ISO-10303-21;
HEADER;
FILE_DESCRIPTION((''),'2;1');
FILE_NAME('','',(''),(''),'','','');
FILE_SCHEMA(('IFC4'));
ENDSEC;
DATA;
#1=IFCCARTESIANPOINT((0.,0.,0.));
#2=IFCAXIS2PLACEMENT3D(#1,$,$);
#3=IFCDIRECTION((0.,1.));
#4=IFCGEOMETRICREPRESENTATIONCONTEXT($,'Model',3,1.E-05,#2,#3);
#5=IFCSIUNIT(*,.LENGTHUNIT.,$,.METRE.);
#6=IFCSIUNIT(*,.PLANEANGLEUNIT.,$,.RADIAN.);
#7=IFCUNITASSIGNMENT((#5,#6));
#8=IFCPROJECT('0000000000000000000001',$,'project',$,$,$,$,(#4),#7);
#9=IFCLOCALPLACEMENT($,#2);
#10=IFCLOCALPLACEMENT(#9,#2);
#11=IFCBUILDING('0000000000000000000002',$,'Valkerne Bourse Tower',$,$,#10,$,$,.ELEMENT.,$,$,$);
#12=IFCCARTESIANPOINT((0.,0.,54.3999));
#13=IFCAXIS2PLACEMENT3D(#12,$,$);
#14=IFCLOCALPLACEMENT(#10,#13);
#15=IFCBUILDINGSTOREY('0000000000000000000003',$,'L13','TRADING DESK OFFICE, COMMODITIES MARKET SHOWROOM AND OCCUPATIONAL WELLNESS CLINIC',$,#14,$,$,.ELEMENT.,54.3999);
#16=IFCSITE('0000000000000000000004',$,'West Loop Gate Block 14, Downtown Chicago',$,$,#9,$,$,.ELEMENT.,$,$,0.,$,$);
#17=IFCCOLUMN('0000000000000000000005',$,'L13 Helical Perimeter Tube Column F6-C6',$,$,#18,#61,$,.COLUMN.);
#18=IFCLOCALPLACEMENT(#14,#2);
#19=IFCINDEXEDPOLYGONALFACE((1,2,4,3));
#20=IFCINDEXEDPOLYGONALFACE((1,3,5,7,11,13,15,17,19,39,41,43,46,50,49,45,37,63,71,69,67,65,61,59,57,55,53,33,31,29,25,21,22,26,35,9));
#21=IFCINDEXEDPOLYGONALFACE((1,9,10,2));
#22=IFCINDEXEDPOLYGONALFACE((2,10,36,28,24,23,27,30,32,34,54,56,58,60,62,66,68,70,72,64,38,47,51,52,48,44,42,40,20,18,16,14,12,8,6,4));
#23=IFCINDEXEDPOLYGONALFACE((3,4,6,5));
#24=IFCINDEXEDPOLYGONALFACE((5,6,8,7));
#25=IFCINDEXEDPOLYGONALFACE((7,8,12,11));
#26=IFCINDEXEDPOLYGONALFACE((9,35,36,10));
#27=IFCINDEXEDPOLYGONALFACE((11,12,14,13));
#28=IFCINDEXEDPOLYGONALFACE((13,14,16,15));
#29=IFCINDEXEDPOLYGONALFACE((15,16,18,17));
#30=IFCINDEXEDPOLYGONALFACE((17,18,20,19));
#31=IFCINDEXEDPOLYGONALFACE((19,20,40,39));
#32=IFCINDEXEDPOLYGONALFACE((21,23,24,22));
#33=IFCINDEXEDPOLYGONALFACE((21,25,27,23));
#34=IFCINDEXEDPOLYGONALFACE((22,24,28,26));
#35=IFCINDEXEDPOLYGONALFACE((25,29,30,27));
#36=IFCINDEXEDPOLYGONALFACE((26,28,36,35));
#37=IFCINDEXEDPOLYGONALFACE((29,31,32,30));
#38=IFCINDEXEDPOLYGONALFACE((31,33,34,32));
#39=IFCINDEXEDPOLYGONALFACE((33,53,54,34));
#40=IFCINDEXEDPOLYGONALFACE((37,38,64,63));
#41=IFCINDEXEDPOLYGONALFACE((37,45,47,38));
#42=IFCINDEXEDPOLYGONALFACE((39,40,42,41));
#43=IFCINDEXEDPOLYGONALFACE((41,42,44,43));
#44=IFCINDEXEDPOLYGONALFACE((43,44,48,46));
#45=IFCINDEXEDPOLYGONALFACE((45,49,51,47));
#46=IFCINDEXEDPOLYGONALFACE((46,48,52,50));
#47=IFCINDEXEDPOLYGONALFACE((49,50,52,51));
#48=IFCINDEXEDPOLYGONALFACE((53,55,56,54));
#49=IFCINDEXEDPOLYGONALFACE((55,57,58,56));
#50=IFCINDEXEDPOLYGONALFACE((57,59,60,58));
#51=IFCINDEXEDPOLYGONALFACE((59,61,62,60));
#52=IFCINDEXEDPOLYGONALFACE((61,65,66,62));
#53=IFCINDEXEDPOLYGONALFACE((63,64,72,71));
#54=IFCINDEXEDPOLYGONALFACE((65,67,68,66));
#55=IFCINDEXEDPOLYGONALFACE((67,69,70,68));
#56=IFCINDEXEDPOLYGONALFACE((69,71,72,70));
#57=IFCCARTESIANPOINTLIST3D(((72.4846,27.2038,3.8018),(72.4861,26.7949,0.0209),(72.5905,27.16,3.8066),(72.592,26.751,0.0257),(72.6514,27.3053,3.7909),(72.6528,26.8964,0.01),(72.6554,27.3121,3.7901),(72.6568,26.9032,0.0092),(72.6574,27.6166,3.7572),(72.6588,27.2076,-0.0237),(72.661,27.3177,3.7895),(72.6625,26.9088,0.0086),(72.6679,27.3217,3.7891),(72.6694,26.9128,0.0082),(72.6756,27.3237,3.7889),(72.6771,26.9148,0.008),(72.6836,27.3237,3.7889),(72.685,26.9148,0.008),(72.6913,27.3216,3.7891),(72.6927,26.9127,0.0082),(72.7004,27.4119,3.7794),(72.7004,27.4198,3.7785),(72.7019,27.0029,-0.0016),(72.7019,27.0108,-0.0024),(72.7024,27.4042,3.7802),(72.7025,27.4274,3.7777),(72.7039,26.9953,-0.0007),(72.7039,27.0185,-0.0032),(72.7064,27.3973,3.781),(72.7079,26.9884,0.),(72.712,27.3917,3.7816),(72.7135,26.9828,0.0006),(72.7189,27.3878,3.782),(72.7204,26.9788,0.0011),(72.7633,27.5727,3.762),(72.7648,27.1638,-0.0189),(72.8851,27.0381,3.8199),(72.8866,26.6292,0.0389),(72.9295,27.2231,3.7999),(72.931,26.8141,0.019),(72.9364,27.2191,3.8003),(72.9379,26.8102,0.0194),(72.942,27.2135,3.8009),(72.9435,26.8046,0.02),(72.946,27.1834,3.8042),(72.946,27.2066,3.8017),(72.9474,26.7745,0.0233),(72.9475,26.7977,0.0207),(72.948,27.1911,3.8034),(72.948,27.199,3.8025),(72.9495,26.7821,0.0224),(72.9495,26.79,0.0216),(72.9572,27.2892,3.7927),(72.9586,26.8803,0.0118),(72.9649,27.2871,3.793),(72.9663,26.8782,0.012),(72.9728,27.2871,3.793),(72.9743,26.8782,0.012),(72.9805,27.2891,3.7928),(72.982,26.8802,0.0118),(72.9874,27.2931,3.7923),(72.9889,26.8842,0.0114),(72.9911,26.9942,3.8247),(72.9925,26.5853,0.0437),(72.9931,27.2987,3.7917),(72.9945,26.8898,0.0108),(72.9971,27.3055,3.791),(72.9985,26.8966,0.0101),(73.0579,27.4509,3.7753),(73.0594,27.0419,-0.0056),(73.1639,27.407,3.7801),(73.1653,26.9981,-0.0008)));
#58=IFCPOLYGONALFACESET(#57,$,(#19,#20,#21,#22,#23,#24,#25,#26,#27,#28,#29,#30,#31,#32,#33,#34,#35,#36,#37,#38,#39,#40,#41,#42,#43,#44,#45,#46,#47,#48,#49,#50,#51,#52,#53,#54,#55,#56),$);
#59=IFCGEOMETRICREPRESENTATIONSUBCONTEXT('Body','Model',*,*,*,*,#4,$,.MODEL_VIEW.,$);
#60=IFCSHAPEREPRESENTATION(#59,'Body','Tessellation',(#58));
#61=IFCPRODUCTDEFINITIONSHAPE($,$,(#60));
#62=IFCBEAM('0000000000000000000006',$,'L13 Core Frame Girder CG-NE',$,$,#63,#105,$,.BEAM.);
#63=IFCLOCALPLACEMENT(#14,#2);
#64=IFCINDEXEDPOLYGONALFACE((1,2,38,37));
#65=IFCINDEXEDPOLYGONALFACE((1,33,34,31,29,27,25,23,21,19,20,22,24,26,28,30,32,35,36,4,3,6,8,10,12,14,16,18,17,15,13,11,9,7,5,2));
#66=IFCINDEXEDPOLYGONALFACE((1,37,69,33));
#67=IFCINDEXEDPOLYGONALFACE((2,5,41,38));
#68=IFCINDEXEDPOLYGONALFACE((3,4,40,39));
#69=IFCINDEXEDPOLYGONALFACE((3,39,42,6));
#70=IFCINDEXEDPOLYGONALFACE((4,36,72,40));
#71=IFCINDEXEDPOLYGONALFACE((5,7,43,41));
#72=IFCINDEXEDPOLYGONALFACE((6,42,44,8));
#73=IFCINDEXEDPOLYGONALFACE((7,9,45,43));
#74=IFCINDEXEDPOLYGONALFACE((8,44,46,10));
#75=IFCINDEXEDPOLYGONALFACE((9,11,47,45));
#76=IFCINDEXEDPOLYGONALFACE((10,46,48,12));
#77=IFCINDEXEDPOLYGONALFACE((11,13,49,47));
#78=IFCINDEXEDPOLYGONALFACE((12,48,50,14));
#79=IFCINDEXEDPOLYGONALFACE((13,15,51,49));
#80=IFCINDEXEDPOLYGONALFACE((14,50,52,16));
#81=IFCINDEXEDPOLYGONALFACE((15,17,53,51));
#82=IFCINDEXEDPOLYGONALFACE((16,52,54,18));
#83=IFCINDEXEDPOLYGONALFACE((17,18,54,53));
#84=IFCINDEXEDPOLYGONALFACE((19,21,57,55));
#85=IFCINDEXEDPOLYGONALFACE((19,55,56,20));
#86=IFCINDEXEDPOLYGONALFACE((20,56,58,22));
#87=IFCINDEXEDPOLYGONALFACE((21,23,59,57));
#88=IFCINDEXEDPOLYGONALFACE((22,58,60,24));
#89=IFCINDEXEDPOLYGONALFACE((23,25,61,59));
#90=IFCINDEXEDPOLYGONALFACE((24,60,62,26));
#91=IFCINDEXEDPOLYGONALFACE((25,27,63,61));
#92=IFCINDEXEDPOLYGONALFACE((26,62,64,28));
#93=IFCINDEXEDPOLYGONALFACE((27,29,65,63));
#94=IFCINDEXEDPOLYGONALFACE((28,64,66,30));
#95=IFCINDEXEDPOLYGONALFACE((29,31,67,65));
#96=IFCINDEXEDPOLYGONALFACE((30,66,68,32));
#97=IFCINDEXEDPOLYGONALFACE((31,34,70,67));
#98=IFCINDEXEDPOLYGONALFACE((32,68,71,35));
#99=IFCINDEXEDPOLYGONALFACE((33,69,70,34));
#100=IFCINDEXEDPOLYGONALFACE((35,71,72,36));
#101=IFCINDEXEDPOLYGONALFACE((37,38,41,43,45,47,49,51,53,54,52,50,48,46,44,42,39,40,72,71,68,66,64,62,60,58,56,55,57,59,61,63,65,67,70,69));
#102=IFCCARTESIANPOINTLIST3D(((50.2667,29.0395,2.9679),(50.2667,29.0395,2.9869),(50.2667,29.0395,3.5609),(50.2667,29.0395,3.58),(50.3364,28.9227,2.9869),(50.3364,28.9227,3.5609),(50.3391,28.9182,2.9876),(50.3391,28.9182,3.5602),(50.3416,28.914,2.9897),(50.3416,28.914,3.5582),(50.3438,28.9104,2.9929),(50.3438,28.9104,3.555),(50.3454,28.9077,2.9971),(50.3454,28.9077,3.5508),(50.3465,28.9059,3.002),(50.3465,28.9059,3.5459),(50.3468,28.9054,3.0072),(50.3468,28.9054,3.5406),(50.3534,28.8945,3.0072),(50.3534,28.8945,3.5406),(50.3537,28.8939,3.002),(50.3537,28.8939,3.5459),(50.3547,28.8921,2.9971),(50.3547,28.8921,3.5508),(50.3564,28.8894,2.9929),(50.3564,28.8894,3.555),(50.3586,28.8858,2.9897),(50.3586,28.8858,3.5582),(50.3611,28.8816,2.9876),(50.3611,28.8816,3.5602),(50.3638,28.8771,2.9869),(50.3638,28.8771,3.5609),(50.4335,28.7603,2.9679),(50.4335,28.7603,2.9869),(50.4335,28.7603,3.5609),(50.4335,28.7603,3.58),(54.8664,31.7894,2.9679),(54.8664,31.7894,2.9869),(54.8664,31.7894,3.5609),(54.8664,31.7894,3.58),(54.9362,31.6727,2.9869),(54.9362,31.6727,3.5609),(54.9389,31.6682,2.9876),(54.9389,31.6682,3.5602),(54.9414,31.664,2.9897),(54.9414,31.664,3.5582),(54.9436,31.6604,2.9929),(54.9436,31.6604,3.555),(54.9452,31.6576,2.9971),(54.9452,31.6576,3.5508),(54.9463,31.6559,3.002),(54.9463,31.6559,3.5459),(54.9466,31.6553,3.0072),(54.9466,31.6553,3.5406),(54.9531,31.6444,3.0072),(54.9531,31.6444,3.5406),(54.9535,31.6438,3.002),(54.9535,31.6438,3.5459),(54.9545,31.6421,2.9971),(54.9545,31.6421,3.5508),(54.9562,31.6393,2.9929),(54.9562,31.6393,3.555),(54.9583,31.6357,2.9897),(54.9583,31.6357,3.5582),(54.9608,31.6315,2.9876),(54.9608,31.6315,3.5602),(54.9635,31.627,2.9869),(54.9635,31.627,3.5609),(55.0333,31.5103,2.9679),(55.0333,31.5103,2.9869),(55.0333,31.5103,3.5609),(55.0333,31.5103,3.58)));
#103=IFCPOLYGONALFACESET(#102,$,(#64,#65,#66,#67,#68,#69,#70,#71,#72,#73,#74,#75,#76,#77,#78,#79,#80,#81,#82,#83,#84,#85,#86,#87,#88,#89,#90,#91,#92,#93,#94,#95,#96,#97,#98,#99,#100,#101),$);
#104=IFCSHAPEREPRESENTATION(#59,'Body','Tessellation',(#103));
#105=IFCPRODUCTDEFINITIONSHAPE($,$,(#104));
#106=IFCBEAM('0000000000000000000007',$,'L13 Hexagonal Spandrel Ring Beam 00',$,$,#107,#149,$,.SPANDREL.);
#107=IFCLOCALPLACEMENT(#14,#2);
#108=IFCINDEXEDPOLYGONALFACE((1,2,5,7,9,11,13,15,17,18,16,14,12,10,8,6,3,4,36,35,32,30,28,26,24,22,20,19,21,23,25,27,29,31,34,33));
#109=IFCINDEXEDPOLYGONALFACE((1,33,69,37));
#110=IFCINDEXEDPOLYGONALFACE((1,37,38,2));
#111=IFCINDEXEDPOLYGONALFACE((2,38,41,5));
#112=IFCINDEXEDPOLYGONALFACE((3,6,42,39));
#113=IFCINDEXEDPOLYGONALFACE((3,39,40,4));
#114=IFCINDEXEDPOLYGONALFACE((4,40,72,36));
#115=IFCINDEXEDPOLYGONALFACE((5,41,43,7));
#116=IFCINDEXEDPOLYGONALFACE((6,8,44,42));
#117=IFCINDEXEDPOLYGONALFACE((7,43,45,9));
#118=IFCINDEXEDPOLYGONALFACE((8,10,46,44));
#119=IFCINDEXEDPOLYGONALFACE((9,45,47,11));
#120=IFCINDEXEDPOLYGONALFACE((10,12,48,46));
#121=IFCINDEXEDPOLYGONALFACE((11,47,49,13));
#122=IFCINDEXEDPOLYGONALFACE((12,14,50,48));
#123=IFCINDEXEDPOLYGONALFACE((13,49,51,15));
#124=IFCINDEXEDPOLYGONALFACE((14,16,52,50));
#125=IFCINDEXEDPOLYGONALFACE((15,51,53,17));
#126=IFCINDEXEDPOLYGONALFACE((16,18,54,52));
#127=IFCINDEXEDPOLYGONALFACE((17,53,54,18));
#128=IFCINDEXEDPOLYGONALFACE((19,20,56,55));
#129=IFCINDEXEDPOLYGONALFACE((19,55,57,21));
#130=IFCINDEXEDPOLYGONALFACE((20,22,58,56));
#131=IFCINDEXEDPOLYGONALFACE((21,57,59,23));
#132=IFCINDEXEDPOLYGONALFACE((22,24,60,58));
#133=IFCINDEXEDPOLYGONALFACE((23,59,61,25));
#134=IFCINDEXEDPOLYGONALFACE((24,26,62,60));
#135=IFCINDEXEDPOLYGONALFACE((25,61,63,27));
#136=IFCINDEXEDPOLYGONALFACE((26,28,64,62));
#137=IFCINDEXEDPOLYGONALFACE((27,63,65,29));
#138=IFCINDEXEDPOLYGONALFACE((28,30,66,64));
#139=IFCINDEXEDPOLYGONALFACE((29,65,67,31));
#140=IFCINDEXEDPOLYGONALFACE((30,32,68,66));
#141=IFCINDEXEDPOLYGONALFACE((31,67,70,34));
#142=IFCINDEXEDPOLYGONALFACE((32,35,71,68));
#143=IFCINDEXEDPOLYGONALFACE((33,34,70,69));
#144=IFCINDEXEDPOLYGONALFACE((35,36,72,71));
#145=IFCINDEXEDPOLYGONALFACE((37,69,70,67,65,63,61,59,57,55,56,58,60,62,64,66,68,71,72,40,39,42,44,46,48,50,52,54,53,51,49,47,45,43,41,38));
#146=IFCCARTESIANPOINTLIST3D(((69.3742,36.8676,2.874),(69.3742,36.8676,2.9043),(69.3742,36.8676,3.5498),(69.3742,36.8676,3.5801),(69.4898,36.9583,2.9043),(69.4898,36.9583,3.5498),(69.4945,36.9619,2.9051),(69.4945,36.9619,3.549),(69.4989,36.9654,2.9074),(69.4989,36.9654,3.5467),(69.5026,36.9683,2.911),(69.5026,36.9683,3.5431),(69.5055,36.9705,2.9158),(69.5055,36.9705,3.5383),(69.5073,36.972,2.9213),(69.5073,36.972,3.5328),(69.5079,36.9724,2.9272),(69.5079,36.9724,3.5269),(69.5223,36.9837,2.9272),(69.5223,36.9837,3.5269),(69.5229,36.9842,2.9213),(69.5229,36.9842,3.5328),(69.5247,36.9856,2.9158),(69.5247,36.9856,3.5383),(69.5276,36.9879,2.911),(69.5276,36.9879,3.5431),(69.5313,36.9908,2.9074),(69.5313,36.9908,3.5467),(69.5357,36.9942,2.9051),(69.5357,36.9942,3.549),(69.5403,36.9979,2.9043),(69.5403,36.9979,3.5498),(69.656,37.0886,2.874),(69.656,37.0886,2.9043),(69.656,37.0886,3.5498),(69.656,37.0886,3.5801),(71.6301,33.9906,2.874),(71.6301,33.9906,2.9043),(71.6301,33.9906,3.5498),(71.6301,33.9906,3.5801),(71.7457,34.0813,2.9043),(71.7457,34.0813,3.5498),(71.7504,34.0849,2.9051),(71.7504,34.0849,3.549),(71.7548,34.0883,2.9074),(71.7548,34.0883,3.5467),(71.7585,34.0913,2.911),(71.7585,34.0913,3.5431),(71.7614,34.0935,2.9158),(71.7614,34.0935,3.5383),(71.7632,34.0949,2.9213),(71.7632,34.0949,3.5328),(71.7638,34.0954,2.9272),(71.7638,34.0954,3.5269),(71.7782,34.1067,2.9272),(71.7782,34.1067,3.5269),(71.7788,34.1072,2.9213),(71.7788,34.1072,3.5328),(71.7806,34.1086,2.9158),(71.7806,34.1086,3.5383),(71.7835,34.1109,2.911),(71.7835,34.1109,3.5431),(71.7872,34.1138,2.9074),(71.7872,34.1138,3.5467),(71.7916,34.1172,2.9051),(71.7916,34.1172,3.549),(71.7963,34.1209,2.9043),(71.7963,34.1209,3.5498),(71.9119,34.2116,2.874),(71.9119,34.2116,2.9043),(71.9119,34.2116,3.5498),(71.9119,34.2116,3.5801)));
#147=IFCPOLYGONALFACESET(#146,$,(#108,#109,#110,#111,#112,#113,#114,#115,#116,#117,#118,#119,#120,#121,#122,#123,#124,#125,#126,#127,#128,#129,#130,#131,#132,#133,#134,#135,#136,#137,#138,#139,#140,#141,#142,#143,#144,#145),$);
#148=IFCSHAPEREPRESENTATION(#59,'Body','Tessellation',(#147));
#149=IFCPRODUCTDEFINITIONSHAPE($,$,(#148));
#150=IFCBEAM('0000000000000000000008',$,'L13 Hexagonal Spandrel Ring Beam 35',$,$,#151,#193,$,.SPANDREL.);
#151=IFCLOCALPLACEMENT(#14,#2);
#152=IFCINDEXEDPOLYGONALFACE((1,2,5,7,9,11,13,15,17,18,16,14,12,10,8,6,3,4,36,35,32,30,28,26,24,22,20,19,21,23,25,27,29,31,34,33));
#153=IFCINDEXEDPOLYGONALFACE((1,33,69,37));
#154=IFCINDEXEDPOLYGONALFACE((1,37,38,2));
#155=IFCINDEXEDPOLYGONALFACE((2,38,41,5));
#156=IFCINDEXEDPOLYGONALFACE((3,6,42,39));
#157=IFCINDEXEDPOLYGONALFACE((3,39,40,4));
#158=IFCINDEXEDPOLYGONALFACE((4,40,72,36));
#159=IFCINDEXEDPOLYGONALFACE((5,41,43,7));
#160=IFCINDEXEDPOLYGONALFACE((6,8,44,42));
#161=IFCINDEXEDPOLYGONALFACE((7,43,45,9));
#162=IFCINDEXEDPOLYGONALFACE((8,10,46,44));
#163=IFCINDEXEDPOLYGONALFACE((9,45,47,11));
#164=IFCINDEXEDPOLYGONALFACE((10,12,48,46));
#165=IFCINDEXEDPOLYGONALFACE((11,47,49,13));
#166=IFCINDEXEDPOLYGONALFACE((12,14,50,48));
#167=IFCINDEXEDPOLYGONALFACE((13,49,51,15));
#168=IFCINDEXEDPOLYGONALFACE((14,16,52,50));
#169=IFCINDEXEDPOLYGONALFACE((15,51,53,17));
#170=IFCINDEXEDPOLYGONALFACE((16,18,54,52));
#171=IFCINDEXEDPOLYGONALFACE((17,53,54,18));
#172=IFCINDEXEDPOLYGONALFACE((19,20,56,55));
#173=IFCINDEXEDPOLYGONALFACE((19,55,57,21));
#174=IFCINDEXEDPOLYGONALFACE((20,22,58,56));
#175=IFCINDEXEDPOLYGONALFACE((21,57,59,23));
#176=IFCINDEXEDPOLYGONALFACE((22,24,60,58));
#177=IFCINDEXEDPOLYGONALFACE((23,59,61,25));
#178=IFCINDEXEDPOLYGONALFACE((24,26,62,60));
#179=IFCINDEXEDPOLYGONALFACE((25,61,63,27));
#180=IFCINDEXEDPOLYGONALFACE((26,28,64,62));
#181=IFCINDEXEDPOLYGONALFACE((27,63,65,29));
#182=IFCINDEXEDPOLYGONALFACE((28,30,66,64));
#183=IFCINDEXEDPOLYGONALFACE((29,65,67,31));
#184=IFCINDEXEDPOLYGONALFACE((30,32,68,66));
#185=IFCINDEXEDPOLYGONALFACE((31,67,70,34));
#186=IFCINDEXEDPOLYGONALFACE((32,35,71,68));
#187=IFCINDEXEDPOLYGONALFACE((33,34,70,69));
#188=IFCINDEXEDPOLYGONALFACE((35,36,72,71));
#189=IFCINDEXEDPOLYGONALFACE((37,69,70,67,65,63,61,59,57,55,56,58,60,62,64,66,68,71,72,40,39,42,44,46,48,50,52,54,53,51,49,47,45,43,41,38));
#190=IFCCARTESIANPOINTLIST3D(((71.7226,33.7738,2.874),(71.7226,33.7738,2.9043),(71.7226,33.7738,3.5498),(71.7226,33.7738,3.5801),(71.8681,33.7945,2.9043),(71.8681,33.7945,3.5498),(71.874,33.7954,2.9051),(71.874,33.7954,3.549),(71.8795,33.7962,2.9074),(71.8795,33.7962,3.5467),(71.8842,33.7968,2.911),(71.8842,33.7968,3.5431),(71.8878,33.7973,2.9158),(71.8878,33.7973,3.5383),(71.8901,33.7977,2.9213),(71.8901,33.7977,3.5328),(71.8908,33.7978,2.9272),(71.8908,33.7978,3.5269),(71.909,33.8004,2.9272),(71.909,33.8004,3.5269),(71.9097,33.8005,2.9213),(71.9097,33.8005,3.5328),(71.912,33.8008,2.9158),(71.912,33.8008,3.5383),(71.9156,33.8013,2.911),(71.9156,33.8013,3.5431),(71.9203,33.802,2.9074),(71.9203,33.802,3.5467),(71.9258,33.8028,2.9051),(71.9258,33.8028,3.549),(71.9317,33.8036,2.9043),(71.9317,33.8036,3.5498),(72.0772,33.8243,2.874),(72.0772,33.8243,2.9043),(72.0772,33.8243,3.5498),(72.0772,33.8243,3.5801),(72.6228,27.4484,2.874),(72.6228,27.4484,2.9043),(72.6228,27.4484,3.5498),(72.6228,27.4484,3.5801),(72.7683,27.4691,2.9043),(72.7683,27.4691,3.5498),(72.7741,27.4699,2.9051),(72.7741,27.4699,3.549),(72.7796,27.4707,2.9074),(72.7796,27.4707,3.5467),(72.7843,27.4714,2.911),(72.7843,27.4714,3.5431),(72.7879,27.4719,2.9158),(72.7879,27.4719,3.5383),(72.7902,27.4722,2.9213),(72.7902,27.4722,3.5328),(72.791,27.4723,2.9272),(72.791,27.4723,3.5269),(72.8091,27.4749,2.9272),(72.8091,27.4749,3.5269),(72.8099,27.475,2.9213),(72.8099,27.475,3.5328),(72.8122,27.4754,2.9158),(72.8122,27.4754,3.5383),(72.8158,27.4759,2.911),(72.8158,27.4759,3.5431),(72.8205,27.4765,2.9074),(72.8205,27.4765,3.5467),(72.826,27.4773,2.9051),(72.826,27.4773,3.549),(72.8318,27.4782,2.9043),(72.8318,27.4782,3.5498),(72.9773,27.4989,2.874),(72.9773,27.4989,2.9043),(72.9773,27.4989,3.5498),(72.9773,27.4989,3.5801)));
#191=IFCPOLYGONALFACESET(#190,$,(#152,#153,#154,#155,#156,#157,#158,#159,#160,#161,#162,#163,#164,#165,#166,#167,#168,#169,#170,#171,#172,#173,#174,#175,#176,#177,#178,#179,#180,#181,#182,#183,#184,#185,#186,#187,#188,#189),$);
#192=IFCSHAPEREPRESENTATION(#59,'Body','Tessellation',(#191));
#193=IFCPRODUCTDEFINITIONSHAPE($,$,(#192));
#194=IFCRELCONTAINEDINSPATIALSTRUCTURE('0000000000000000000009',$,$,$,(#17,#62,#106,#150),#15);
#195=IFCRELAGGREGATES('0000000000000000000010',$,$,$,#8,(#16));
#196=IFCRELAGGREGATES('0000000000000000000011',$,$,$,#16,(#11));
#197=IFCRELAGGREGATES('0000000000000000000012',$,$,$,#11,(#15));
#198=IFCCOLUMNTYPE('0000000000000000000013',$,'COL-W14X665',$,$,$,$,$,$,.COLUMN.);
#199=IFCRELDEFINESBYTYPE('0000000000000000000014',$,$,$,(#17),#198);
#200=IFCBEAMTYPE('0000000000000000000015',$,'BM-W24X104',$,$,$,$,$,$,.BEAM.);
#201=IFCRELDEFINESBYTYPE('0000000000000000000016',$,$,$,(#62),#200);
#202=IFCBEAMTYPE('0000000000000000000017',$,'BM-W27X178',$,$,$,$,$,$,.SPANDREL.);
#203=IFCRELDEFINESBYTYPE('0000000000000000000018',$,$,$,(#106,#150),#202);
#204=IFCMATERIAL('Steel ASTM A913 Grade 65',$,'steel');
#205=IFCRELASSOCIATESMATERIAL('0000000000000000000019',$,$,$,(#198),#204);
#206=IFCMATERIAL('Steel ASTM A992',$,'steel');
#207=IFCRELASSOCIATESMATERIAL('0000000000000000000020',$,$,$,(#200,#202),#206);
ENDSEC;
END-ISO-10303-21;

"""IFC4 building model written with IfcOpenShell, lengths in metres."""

from ifc_helpers import new_model, si_unit, direction, frame, origin, origin_2d, place, context, subcontext, project, spatial, i_section, extrude, material, material_profile, profile_set, type_object, element, save


model = new_model("IFC4")

# Units and contexts
model_context = context("Model", 3, precision=1e-05, world=origin(), true_north=direction((0.0, 1.0)))
body_context = subcontext(model_context, "Body", "Model", "MODEL_VIEW")
ifc_project = project(units=[si_unit("LENGTHUNIT", "METRE"), si_unit("PLANEANGLEUNIT", "RADIAN")], contexts=[model_context])

# Site, building, storey
site_placement = place(None, origin())
site = spatial("IfcSite", under=ifc_project, at=site_placement, Name="West Loop Gate Block 14, Downtown Chicago", CompositionType="ELEMENT", RefElevation=0.0)
building_placement = place(site_placement, origin())
building = spatial("IfcBuilding", under=site, at=building_placement, Name="Valkerne Bourse Tower", CompositionType="ELEMENT")
storey_placement = place(building_placement, frame((0.0, 0.0, 54.3999)))
storey = spatial("IfcBuildingStorey", under=building, at=storey_placement, Name="L13", Description="TRADING DESK OFFICE, COMMODITIES MARKET SHOWROOM AND OCCUPATIONAL WELLNESS CLINIC", CompositionType="ELEMENT", Elevation=54.3999)

# Column
ifc_material_1 = material(Name="Steel ASTM A913 Grade 65", Category="steel")
ifc_material_profile_1 = material_profile(ifc_material_1, i_section(OverallWidth=0.4497, OverallDepth=0.5486, WebThickness=0.072, FlangeThickness=0.1147, FilletRadius=0.0305, at=origin_2d()), Name="W14X665")
ifc_profile_set_1 = profile_set([ifc_material_profile_1], Name="Steel ASTM A913 Grade 65")
column_type_1 = type_object("IfcColumnType", Name="COL-W14X665", PredefinedType="COLUMN", material=ifc_profile_set_1)
column_1_placement = place(storey_placement, frame((72.8257, 26.8965, 0.01), z_axis=(-0.000385, 0.107528, 0.994202), x_axis=(-0.38423, -0.9179, 0.099127)))
element("IfcColumn", 1, at=column_1_placement, inside=storey, type_object=column_type_1, Name="L13 Helical Perimeter Tube Column F6-C6", PredefinedType="COLUMN", context=body_context, shape_type="SweptSolid", body=[
    extrude(i_section(OverallWidth=0.4497, OverallDepth=0.5486, WebThickness=0.072, FlangeThickness=0.1147, FilletRadius=0.0305, at=origin_2d()), origin(), (0.0, 0.0, 1.0), 3.803),
])

# Beams
ifc_material_2 = material(Name="Steel ASTM A992", Category="steel")
ifc_material_profile_2 = material_profile(ifc_material_2, i_section(OverallWidth=0.3252, OverallDepth=0.6121, WebThickness=0.0127, FlangeThickness=0.019, FilletRadius=0.0203, at=origin_2d()), Name="W24X104")
ifc_profile_set_2 = profile_set([ifc_material_profile_2], Name="Steel ASTM A992")
beam_type_1 = type_object("IfcBeamType", Name="BM-W24X104", PredefinedType="BEAM", material=ifc_profile_set_2)
beam_1_placement = place(storey_placement, frame((50.3501, 28.8999, 3.2739), z_axis=(0.858308, 0.513135, 0.0), x_axis=(-0.513135, 0.858308, 0.0)))
element("IfcBeam", 2, at=beam_1_placement, inside=storey, type_object=beam_type_1, Name="L13 Core Frame Girder CG-NE", PredefinedType="BEAM", context=body_context, shape_type="SweptSolid", body=[
    extrude(i_section(OverallWidth=0.3252, OverallDepth=0.6121, WebThickness=0.0127, FlangeThickness=0.019, FilletRadius=0.0203, at=origin_2d()), origin(), (0.0, 0.0, 1.0), 5.3591),
])
ifc_material_profile_3 = material_profile(ifc_material_2, i_section(OverallWidth=0.3582, OverallDepth=0.7061, WebThickness=0.0183, FlangeThickness=0.0303, FilletRadius=0.0229, at=origin_2d()), Name="W27X178")
ifc_profile_set_3 = profile_set([ifc_material_profile_3], Name="Steel ASTM A992")
beam_type_2 = type_object("IfcBeamType", Name="BM-W27X178", PredefinedType="SPANDREL", material=ifc_profile_set_3)
beam_2_placement = place(storey_placement, frame((71.771, 34.1011, 3.2271), z_axis=(-0.617043, 0.78693, 0.0), x_axis=(-0.78693, -0.617043, 0.0)))
element("IfcBeam", 3, at=beam_2_placement, inside=storey, type_object=beam_type_2, Name="L13 Hexagonal Spandrel Ring Beam 00", PredefinedType="SPANDREL", context=body_context, shape_type="SweptSolid", body=[
    extrude(i_section(OverallWidth=0.3582, OverallDepth=0.7061, WebThickness=0.0183, FlangeThickness=0.0303, FilletRadius=0.0229, at=origin_2d()), origin(), (0.0, 0.0, 1.0), 3.656),
])
beam_3_placement = place(storey_placement, frame((72.8, 27.4736, 3.2271), z_axis=(-0.140886, 0.990026, 0.0), x_axis=(-0.990026, -0.140886, 0.0)))
element("IfcBeam", 4, at=beam_3_placement, inside=storey, type_object=beam_type_2, Name="L13 Hexagonal Spandrel Ring Beam 35", PredefinedType="SPANDREL", context=body_context, shape_type="SweptSolid", body=[
    extrude(i_section(OverallWidth=0.3582, OverallDepth=0.7061, WebThickness=0.0183, FlangeThickness=0.0303, FilletRadius=0.0229, at=origin_2d()), origin(), (0.0, 0.0, 1.0), 6.3892),
])

save(model, "model.ifc")
